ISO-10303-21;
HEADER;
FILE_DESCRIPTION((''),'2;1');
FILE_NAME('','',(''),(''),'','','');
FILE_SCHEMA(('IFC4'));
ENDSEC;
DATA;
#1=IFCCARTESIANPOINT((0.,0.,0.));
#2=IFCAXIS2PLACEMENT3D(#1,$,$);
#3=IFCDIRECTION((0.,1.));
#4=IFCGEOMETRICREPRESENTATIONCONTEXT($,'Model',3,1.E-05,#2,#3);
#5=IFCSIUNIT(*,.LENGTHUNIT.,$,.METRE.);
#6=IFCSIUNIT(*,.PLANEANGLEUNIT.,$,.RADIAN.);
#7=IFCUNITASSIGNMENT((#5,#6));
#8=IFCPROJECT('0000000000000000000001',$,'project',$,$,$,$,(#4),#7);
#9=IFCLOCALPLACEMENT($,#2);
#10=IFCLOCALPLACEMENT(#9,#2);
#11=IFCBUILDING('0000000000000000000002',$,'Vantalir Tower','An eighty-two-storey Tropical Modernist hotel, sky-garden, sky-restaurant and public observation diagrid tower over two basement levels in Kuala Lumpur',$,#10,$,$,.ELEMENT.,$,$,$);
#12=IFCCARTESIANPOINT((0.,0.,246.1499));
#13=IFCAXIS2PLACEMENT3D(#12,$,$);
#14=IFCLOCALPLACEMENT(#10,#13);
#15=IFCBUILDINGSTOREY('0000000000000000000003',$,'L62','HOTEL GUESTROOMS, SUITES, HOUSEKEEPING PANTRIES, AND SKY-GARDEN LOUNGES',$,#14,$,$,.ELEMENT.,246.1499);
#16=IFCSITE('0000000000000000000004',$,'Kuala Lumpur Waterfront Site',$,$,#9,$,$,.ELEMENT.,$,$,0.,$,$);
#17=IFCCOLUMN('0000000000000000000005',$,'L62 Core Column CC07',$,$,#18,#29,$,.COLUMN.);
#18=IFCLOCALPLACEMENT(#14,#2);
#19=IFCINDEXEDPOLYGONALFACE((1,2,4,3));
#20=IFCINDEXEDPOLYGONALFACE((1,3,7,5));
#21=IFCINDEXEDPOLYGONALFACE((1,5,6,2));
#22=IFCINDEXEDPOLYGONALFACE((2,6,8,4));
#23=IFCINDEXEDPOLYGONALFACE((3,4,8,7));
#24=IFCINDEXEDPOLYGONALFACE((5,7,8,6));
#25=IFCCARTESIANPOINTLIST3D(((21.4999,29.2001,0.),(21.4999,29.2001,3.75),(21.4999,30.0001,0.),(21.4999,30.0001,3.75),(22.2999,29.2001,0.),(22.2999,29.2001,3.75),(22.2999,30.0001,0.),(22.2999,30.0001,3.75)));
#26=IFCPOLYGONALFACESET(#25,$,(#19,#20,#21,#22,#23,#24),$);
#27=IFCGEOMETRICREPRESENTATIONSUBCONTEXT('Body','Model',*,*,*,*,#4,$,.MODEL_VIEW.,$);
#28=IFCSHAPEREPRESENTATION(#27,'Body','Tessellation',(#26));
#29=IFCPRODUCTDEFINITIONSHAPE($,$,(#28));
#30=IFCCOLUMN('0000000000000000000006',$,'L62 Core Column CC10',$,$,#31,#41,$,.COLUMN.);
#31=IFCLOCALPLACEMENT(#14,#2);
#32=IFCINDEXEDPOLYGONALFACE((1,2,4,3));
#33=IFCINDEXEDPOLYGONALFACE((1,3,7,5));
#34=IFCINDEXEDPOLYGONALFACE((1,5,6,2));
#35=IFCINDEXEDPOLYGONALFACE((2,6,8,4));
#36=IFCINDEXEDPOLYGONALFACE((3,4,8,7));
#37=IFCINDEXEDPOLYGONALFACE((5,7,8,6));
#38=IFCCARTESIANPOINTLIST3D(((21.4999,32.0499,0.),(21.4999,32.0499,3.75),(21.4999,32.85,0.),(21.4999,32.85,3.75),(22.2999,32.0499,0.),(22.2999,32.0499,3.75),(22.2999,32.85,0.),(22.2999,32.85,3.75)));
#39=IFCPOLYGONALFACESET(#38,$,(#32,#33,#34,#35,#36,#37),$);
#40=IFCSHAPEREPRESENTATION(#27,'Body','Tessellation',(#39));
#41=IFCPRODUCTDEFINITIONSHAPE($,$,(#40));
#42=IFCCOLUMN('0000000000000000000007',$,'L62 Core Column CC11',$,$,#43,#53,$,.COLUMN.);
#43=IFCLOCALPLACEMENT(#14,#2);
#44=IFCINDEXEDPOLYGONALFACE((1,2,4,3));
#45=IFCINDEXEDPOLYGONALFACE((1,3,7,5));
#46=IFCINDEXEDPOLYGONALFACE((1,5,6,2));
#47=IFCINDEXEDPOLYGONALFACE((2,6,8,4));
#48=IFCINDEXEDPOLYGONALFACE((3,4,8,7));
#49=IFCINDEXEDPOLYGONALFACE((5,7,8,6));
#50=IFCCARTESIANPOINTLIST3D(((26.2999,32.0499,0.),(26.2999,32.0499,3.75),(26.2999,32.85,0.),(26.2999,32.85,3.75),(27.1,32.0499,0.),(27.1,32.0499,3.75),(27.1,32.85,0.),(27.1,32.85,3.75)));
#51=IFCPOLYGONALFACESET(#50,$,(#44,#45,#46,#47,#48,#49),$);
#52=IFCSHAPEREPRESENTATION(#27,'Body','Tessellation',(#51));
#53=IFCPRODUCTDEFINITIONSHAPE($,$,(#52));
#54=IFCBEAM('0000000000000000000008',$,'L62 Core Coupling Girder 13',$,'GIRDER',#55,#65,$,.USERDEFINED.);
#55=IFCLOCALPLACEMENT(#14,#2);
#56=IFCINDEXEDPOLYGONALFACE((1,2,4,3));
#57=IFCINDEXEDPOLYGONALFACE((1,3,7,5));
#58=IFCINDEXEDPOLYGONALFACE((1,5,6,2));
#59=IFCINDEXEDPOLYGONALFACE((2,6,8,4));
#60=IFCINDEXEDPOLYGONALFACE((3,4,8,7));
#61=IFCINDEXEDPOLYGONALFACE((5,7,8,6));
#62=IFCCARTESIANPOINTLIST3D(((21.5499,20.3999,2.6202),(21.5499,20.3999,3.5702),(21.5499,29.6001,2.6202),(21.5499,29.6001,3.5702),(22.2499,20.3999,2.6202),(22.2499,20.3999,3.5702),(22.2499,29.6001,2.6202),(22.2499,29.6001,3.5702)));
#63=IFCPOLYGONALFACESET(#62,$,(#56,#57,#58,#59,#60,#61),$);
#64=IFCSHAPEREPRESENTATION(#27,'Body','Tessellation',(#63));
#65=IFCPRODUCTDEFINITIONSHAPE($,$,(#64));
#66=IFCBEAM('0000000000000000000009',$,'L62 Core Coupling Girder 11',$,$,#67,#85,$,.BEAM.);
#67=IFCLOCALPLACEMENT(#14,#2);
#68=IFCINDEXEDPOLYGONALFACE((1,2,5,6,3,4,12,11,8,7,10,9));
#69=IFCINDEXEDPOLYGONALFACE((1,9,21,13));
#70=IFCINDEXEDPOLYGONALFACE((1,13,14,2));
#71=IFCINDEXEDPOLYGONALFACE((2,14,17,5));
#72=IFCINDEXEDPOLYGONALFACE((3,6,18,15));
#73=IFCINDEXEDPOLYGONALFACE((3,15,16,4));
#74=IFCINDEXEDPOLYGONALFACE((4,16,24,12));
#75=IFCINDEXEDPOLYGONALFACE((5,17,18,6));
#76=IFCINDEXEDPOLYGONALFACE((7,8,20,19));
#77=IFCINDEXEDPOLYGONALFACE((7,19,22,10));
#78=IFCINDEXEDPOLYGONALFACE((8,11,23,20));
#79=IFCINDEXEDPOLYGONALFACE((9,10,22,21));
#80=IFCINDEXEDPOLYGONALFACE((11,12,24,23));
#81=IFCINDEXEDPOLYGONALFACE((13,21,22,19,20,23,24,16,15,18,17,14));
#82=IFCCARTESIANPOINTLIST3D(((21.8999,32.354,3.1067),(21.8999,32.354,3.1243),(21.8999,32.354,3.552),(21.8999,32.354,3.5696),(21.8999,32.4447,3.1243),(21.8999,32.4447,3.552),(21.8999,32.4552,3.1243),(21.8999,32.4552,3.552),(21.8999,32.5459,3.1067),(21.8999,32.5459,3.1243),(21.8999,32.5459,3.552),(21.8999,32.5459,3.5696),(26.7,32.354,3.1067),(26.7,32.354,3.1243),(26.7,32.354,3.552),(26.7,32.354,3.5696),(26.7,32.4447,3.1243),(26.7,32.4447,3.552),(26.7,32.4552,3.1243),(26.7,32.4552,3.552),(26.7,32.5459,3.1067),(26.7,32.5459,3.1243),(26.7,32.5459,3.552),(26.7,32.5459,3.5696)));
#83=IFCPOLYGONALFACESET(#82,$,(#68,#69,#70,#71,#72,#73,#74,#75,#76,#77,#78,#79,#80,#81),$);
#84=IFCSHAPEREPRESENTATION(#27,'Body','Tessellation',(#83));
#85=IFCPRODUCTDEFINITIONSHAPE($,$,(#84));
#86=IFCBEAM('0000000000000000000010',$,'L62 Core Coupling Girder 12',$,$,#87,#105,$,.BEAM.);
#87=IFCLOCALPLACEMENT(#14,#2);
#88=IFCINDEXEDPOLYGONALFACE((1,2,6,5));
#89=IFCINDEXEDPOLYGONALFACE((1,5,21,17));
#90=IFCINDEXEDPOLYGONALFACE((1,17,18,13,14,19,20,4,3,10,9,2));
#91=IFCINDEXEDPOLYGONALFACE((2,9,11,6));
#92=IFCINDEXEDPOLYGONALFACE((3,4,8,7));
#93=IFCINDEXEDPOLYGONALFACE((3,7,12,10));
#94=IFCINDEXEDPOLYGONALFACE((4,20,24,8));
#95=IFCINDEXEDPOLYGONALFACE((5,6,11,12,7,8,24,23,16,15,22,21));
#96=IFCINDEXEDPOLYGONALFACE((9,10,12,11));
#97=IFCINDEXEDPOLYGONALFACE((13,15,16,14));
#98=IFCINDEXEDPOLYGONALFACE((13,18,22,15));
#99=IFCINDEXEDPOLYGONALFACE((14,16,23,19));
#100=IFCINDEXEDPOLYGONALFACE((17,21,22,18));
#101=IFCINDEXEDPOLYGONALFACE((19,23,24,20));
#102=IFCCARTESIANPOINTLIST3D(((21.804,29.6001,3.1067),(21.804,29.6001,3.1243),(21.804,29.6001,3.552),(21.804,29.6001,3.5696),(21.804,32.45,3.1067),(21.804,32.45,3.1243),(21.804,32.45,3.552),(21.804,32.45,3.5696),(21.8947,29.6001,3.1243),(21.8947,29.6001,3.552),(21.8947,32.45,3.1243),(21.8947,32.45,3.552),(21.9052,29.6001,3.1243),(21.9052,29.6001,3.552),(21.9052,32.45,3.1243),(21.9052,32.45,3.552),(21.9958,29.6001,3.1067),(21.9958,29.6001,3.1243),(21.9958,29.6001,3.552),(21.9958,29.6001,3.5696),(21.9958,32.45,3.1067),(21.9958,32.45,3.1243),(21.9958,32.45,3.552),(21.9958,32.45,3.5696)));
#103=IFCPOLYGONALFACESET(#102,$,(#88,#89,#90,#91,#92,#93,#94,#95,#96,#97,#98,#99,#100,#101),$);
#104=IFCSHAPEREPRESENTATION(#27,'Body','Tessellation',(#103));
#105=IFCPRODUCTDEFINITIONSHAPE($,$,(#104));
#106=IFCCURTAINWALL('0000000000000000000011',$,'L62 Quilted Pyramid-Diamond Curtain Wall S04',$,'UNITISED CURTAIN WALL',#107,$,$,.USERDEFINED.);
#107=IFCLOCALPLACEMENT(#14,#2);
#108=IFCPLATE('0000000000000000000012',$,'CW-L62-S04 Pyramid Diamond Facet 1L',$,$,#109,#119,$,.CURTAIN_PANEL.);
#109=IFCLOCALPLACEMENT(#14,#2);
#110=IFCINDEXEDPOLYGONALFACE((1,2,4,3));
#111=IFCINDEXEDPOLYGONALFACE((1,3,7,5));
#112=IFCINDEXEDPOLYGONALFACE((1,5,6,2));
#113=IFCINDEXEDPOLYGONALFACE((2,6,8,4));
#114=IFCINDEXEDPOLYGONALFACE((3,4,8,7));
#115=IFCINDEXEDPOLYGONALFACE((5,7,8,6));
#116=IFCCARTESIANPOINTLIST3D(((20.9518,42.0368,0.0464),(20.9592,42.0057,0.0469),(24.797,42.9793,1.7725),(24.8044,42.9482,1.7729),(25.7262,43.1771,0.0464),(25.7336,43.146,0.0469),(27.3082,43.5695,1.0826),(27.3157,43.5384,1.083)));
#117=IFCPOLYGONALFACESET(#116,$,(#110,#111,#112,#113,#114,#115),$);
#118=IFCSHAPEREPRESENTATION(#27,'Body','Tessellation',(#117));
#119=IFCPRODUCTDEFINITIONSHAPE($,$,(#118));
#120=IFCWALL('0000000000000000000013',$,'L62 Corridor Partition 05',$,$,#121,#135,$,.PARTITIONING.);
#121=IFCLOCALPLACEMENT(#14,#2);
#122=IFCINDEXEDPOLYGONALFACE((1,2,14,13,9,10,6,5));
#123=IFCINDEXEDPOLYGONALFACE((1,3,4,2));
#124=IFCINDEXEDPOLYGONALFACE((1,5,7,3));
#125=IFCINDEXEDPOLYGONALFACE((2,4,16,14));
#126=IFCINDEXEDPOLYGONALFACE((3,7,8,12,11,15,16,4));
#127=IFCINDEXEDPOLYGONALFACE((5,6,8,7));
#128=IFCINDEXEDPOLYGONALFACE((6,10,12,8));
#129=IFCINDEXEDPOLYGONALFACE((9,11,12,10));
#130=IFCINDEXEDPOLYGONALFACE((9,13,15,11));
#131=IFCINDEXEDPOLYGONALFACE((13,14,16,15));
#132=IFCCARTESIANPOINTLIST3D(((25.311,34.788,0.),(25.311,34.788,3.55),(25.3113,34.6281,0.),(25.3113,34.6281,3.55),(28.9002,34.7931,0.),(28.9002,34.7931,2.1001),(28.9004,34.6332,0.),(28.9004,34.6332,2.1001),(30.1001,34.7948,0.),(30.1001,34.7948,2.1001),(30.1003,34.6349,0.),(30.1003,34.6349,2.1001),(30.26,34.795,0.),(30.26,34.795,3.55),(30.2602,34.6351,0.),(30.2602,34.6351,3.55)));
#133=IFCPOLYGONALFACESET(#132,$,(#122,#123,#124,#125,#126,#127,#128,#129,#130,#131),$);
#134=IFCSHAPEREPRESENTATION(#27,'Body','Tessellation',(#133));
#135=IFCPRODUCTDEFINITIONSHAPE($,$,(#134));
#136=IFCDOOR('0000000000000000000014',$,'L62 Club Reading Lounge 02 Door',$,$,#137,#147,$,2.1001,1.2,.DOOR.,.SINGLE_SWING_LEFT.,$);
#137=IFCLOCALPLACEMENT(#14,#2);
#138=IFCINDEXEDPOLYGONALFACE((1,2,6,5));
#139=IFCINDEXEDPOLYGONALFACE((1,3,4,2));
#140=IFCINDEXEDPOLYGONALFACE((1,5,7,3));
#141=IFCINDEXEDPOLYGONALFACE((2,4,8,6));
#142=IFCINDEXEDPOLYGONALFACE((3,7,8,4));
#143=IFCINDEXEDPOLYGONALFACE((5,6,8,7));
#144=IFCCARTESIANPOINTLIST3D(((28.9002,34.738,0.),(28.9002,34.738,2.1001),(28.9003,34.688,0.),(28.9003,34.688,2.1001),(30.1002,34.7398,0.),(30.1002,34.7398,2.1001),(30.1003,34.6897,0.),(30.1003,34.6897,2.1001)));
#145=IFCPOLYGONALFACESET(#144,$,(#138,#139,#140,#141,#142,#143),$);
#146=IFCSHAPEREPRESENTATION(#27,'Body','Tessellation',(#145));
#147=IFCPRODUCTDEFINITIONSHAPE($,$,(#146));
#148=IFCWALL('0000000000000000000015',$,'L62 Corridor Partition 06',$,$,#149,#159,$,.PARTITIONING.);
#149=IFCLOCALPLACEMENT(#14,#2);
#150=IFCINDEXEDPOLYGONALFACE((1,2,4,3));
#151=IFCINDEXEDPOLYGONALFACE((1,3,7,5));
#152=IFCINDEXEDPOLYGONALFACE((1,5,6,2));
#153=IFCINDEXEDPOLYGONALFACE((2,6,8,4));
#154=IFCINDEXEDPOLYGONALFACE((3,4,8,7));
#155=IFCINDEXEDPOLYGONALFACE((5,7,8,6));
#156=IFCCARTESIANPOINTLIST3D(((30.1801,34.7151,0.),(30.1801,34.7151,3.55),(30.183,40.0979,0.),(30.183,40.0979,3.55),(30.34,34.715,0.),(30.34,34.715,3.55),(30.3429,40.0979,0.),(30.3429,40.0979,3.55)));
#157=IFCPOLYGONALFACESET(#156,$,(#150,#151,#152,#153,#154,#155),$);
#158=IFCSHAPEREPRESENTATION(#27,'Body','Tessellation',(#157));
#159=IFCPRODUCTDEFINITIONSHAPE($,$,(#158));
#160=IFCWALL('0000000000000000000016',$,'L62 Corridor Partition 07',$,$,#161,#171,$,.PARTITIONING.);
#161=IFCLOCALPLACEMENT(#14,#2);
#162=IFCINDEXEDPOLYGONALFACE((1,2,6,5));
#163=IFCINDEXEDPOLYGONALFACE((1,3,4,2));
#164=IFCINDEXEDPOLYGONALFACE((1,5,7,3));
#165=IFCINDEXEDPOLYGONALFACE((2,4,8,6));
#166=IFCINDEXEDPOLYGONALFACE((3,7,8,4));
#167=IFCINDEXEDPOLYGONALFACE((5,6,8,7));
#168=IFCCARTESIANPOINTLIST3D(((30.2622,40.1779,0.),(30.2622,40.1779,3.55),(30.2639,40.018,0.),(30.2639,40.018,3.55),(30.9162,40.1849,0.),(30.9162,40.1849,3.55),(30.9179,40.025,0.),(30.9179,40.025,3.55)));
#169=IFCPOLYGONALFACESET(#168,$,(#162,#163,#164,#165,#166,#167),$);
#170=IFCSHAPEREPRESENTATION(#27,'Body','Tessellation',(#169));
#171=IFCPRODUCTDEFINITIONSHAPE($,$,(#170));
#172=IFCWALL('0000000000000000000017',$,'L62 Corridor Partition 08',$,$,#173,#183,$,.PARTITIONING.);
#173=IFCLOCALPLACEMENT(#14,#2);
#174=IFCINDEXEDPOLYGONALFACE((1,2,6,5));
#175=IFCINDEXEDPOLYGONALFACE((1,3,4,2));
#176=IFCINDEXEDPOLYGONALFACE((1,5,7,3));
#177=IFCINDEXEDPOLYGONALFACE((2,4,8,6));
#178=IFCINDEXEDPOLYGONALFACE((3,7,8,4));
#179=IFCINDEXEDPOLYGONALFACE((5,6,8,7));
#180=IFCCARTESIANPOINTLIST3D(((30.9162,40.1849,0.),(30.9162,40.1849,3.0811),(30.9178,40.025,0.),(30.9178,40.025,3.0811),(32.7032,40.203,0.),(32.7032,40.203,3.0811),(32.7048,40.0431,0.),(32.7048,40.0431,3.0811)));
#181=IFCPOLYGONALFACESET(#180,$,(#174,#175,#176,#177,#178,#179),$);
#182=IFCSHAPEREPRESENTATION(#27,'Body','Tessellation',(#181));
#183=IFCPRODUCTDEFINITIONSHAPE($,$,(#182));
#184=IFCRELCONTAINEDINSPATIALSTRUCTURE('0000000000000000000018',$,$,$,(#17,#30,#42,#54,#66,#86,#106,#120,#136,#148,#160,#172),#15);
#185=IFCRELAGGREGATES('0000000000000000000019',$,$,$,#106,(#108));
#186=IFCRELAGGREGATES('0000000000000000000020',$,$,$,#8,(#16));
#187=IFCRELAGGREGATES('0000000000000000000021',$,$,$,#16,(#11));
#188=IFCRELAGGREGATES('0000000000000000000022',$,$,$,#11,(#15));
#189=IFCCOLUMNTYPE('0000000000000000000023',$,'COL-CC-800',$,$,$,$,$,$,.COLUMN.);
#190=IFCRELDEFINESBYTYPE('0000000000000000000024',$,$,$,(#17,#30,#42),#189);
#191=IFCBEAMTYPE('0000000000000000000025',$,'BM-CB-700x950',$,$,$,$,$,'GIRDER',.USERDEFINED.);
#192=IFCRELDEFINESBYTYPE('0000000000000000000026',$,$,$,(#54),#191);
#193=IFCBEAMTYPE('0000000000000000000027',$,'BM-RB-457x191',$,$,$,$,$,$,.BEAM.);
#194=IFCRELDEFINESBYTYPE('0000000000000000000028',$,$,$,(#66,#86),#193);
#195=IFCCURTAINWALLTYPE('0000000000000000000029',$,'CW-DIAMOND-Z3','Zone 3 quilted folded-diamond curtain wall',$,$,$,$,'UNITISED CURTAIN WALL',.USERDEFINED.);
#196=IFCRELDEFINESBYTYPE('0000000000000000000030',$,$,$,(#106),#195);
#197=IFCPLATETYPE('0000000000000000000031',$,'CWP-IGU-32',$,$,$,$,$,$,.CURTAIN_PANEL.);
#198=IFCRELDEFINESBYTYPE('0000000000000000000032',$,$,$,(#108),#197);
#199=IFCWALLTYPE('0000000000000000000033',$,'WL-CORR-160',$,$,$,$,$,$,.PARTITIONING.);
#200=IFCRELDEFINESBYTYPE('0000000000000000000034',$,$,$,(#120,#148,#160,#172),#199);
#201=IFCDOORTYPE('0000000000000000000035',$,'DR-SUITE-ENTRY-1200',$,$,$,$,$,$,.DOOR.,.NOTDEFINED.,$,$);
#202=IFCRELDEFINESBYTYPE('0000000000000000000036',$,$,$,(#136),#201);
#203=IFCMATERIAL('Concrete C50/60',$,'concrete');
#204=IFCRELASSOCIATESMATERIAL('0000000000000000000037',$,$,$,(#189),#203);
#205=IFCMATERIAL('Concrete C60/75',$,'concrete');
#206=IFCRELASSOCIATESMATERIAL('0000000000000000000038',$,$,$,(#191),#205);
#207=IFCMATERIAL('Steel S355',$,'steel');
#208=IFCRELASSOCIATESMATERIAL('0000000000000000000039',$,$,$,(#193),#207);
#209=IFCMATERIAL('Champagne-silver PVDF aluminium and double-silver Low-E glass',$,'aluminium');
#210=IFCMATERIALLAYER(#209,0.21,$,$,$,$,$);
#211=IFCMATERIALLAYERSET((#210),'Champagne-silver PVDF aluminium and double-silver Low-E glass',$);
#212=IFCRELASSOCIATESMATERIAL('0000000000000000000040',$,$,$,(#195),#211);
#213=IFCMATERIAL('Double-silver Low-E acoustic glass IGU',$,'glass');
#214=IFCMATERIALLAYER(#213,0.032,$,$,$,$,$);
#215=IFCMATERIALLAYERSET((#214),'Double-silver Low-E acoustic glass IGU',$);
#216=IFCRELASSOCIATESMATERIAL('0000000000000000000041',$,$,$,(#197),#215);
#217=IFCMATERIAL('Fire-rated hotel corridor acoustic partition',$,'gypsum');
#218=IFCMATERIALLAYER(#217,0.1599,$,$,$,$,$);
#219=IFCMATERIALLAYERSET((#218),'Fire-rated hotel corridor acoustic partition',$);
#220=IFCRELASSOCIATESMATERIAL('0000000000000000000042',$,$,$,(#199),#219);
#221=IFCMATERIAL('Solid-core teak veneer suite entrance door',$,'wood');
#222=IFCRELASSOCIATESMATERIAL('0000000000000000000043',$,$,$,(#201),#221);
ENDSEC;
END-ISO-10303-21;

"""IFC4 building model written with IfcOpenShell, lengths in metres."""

from ifc_helpers import new_model, si_unit, direction, frame, frame_2d, origin, origin_2d, place, context, subcontext, project, spatial, polyline, rectangle, i_section, outline, extrude, material, layer, layer_set, material_profile, profile_set, type_object, element, fill, aggregate, save


model = new_model("IFC4")

# Units and contexts
model_context = context("Model", 3, precision=1e-05, world=origin(), true_north=direction((0.0, 1.0)))
body_context = subcontext(model_context, "Body", "Model", "MODEL_VIEW")
ifc_project = project(units=[si_unit("LENGTHUNIT", "METRE"), si_unit("PLANEANGLEUNIT", "RADIAN")], contexts=[model_context])

# Site, building, storey
site_placement = place(None, origin())
site = spatial("IfcSite", under=ifc_project, at=site_placement, Name="Kuala Lumpur Waterfront Site", CompositionType="ELEMENT", RefElevation=0.0)
building_placement = place(site_placement, origin())
building = spatial("IfcBuilding", under=site, at=building_placement, Name="Vantalir Tower", Description="An eighty-two-storey Tropical Modernist hotel, sky-garden, sky-restaurant and public observation diagrid tower over two basement levels in Kuala Lumpur", CompositionType="ELEMENT")
storey_placement = place(building_placement, frame((0.0, 0.0, 246.1499)))
storey = spatial("IfcBuildingStorey", under=building, at=storey_placement, Name="L62", Description="HOTEL GUESTROOMS, SUITES, HOUSEKEEPING PANTRIES, AND SKY-GARDEN LOUNGES", CompositionType="ELEMENT", Elevation=246.1499)

# Columns
ifc_material_1 = material(Name="Concrete C50/60", Category="concrete")
ifc_material_profile_1 = material_profile(ifc_material_1, rectangle(XDim=0.8, YDim=0.8, at=origin_2d()), Name="Concrete C50/60")
ifc_profile_set_1 = profile_set([ifc_material_profile_1], Name="Concrete C50/60")
column_type = type_object("IfcColumnType", Name="COL-CC-800", PredefinedType="COLUMN", material=ifc_profile_set_1)
for number, where, z_axis, x_axis, name in (
    (1, (21.8999, 29.6001, 0.0), (0.0, 0.0, 1.0), (1.0, 0.0, 0.0), "L62 Core Column CC07"),
    (2, (21.8999, 32.45, 0.0), (0.0, 0.0, 1.0), (1.0, 0.0, 0.0), "L62 Core Column CC10"),
    (3, (26.7, 32.45, 0.0), (0.0, 0.0, 1.0), (1.0, 0.0, 0.0), "L62 Core Column CC11"),
):
    element("IfcColumn", number, at=place(storey_placement, frame(where, z_axis=z_axis, x_axis=x_axis)), inside=storey, type_object=column_type, Name=name, PredefinedType="COLUMN", context=body_context, shape_type="SweptSolid", body=[
        extrude(rectangle(XDim=0.8, YDim=0.8, at=origin_2d()), origin(), (0.0, 0.0, 1.0), 3.75),
    ])

# Beams
ifc_material_2 = material(Name="Concrete C60/75", Category="concrete")
ifc_material_profile_2 = material_profile(ifc_material_2, rectangle(XDim=0.7, YDim=0.95, at=origin_2d()), Name="Concrete C60/75")
ifc_profile_set_2 = profile_set([ifc_material_profile_2], Name="Concrete C60/75")
beam_type_1 = type_object("IfcBeamType", Name="BM-CB-700x950", ElementType="GIRDER", PredefinedType="USERDEFINED", material=ifc_profile_set_2)
beam_1_placement = place(storey_placement, frame((21.8999, 29.6001, 3.0952), z_axis=(0.0, -1.0, 0.0), x_axis=(1.0, 0.0, 0.0)))
element("IfcBeam", 4, at=beam_1_placement, inside=storey, type_object=beam_type_1, Name="L62 Core Coupling Girder 13", ObjectType="GIRDER", PredefinedType="USERDEFINED", context=body_context, shape_type="SweptSolid", body=[
    extrude(rectangle(XDim=0.7, YDim=0.95, at=origin_2d()), origin(), (0.0, 0.0, 1.0), 9.2002),
])
ifc_material_3 = material(Name="Steel S355", Category="steel")
ifc_material_profile_3 = material_profile(ifc_material_3, i_section(OverallWidth=0.1919, OverallDepth=0.4629, WebThickness=0.0105, FlangeThickness=0.0176, at=origin_2d()), Name="Steel S355")
ifc_profile_set_3 = profile_set([ifc_material_profile_3], Name="Steel S355")
beam_type_2 = type_object("IfcBeamType", Name="BM-RB-457x191", PredefinedType="BEAM", material=ifc_profile_set_3)
beam_2_placement = place(storey_placement, frame((26.7, 32.45, 3.3381), z_axis=(-1.0, 0.0, 0.0), x_axis=(0.0, -1.0, 0.0)))
element("IfcBeam", 5, at=beam_2_placement, inside=storey, type_object=beam_type_2, Name="L62 Core Coupling Girder 11", PredefinedType="BEAM", context=body_context, shape_type="SweptSolid", body=[
    extrude(i_section(OverallWidth=0.1919, OverallDepth=0.4629, WebThickness=0.0105, FlangeThickness=0.0176, at=origin_2d()), origin(), (0.0, 0.0, 1.0), 4.8),
])
beam_3_placement = place(storey_placement, frame((21.8999, 32.45, 3.3381), z_axis=(0.0, -1.0, 0.0), x_axis=(1.0, 0.0, 0.0)))
element("IfcBeam", 6, at=beam_3_placement, inside=storey, type_object=beam_type_2, Name="L62 Core Coupling Girder 12", PredefinedType="BEAM", context=body_context, shape_type="SweptSolid", body=[
    extrude(i_section(OverallWidth=0.1919, OverallDepth=0.4629, WebThickness=0.0105, FlangeThickness=0.0176, at=origin_2d()), origin(), (0.0, 0.0, 1.0), 2.8499),
])

# Curtain wall, plate
ifc_material_4 = material(Name="Champagne-silver PVDF aluminium and double-silver Low-E glass", Category="aluminium")
ifc_layer_1 = layer(ifc_material_4, 0.21)
ifc_layer_set_1 = layer_set([ifc_layer_1], Name="Champagne-silver PVDF aluminium and double-silver Low-E glass")
curtain_wall_type = type_object("IfcCurtainWallType", Name="CW-DIAMOND-Z3", Description="Zone 3 quilted folded-diamond curtain wall", ElementType="UNITISED CURTAIN WALL", PredefinedType="USERDEFINED", material=ifc_layer_set_1)
curtain_wall_placement = place(storey_placement, origin())
curtain_wall = element("IfcCurtainWall", 7, at=curtain_wall_placement, inside=storey, type_object=curtain_wall_type, Name="L62 Quilted Pyramid-Diamond Curtain Wall S04", ObjectType="UNITISED CURTAIN WALL", PredefinedType="USERDEFINED")
ifc_material_5 = material(Name="Double-silver Low-E acoustic glass IGU", Category="glass")
ifc_layer_2 = layer(ifc_material_5, 0.032)
ifc_layer_set_2 = layer_set([ifc_layer_2], Name="Double-silver Low-E acoustic glass IGU")
plate_type = type_object("IfcPlateType", Name="CWP-IGU-32", PredefinedType="CURTAIN_PANEL", material=ifc_layer_set_2)
plate_placement = place(storey_placement, frame((25.7336, 43.146, 0.0469), z_axis=(0.232288, -0.972552, 0.013624), x_axis=(-0.972642, -0.23231, 0.0)))
plate = element("IfcPlate", 8, at=plate_placement, type_object=plate_type, Name="CW-L62-S04 Pyramid Diamond Facet 1L", PredefinedType="CURTAIN_PANEL", context=body_context, shape_type="SweptSolid", body=[
    extrude(outline(polyline([(0.0, 0.0), (4.9087, 0.0), (0.9497, -1.7262), (-1.6299, -1.0362), (0.0, 0.0)])), origin(), (0.0, 0.0, -1.0), 0.032),
])
aggregate(curtain_wall, [plate])

# Wall, opening, door
ifc_material_6 = material(Name="Fire-rated hotel corridor acoustic partition", Category="gypsum")
ifc_layer_3 = layer(ifc_material_6, 0.1599)
ifc_layer_set_3 = layer_set([ifc_layer_3], Name="Fire-rated hotel corridor acoustic partition")
wall_type_1 = type_object("IfcWallType", Name="WL-CORR-160", PredefinedType="PARTITIONING", material=ifc_layer_set_3)
wall_1_placement = place(storey_placement, frame((25.311, 34.708, 0.0), z_axis=(0.0, 0.0, 1.0), x_axis=(0.999999, 0.001431, 0.0)))
wall_1 = element("IfcWall", 9, at=wall_1_placement, inside=storey, type_object=wall_type_1, Name="L62 Corridor Partition 05", PredefinedType="PARTITIONING", context=body_context, shape_type="SweptSolid", body=[
    extrude(rectangle(XDim=4.949, YDim=0.1599, at=frame_2d((2.4746, 0.0))), origin(), (0.0, 0.0, 1.0), 3.55),
])
opening_1_placement = place(wall_1_placement, frame((3.5891, 0.0, 0.0)))
opening_1 = element("IfcOpeningElement", 10, at=opening_1_placement, cuts=wall_1, PredefinedType="OPENING", context=body_context, shape_type="SweptSolid", body=[
    extrude(rectangle(XDim=1.2, YDim=2.1001, at=frame_2d((0.6001, 1.05))), frame((0.0, 0.0898, 0.0), z_axis=(0.0, -1.0, 0.0), x_axis=(1.0, 0.0, 0.0)), (0.0, 0.0, 1.0), 0.1799),
])
ifc_material_7 = material(Name="Solid-core teak veneer suite entrance door", Category="wood")
door_type_1 = type_object("IfcDoorType", Name="DR-SUITE-ENTRY-1200", OperationType="NOTDEFINED", PredefinedType="DOOR", material=ifc_material_7)
door_1_placement = place(opening_1_placement, origin())
door_1 = element("IfcDoor", 11, at=door_1_placement, inside=storey, type_object=door_type_1, Name="L62 Club Reading Lounge 02 Door", OperationType="SINGLE_SWING_LEFT", OverallHeight=2.1001, OverallWidth=1.2, PredefinedType="DOOR", context=body_context, shape_type="SweptSolid", body=[
    extrude(rectangle(XDim=1.2, YDim=2.1001, at=frame_2d((0.6001, 1.05))), frame((0.0, 0.0249, 0.0), z_axis=(0.0, -1.0, 0.0), x_axis=(1.0, 0.0, 0.0)), (0.0, 0.0, 1.0), 0.05),
])
fill(opening_1, door_1)

# Walls
wall_2_placement = place(storey_placement, frame((30.26, 34.7151, 0.0), z_axis=(0.0, 0.0, 1.0), x_axis=(0.000544, 1.0, 0.0)))
element("IfcWall", 12, at=wall_2_placement, inside=storey, type_object=wall_type_1, Name="L62 Corridor Partition 06", PredefinedType="PARTITIONING", context=body_context, shape_type="SweptSolid", body=[
    extrude(rectangle(XDim=5.3828, YDim=0.1599, at=frame_2d((2.6914, 0.0))), origin(), (0.0, 0.0, 1.0), 3.55),
])
wall_3_placement = place(storey_placement, frame((30.2629, 40.0979, 0.0), z_axis=(0.0, 0.0, 1.0), x_axis=(0.999941, 0.010824, 0.0)))
element("IfcWall", 13, at=wall_3_placement, inside=storey, type_object=wall_type_1, Name="L62 Corridor Partition 07", PredefinedType="PARTITIONING", context=body_context, shape_type="SweptSolid", body=[
    extrude(rectangle(XDim=0.6541, YDim=0.1599, at=frame_2d((0.3271, 0.0))), origin(), (0.0, 0.0, 1.0), 3.55),
])
wall_4_placement = place(storey_placement, frame((30.917, 40.105, 0.0), z_axis=(0.0, 0.0, 1.0), x_axis=(0.999949, 0.010109, 0.0)))
element("IfcWall", 14, at=wall_4_placement, inside=storey, type_object=wall_type_1, Name="L62 Corridor Partition 08", PredefinedType="PARTITIONING", context=body_context, shape_type="SweptSolid", body=[
    extrude(rectangle(XDim=1.7871, YDim=0.1599, at=frame_2d((0.8936, 0.0))), origin(), (0.0, 0.0, 1.0), 3.0811),
])

save(model, "model.ifc")
